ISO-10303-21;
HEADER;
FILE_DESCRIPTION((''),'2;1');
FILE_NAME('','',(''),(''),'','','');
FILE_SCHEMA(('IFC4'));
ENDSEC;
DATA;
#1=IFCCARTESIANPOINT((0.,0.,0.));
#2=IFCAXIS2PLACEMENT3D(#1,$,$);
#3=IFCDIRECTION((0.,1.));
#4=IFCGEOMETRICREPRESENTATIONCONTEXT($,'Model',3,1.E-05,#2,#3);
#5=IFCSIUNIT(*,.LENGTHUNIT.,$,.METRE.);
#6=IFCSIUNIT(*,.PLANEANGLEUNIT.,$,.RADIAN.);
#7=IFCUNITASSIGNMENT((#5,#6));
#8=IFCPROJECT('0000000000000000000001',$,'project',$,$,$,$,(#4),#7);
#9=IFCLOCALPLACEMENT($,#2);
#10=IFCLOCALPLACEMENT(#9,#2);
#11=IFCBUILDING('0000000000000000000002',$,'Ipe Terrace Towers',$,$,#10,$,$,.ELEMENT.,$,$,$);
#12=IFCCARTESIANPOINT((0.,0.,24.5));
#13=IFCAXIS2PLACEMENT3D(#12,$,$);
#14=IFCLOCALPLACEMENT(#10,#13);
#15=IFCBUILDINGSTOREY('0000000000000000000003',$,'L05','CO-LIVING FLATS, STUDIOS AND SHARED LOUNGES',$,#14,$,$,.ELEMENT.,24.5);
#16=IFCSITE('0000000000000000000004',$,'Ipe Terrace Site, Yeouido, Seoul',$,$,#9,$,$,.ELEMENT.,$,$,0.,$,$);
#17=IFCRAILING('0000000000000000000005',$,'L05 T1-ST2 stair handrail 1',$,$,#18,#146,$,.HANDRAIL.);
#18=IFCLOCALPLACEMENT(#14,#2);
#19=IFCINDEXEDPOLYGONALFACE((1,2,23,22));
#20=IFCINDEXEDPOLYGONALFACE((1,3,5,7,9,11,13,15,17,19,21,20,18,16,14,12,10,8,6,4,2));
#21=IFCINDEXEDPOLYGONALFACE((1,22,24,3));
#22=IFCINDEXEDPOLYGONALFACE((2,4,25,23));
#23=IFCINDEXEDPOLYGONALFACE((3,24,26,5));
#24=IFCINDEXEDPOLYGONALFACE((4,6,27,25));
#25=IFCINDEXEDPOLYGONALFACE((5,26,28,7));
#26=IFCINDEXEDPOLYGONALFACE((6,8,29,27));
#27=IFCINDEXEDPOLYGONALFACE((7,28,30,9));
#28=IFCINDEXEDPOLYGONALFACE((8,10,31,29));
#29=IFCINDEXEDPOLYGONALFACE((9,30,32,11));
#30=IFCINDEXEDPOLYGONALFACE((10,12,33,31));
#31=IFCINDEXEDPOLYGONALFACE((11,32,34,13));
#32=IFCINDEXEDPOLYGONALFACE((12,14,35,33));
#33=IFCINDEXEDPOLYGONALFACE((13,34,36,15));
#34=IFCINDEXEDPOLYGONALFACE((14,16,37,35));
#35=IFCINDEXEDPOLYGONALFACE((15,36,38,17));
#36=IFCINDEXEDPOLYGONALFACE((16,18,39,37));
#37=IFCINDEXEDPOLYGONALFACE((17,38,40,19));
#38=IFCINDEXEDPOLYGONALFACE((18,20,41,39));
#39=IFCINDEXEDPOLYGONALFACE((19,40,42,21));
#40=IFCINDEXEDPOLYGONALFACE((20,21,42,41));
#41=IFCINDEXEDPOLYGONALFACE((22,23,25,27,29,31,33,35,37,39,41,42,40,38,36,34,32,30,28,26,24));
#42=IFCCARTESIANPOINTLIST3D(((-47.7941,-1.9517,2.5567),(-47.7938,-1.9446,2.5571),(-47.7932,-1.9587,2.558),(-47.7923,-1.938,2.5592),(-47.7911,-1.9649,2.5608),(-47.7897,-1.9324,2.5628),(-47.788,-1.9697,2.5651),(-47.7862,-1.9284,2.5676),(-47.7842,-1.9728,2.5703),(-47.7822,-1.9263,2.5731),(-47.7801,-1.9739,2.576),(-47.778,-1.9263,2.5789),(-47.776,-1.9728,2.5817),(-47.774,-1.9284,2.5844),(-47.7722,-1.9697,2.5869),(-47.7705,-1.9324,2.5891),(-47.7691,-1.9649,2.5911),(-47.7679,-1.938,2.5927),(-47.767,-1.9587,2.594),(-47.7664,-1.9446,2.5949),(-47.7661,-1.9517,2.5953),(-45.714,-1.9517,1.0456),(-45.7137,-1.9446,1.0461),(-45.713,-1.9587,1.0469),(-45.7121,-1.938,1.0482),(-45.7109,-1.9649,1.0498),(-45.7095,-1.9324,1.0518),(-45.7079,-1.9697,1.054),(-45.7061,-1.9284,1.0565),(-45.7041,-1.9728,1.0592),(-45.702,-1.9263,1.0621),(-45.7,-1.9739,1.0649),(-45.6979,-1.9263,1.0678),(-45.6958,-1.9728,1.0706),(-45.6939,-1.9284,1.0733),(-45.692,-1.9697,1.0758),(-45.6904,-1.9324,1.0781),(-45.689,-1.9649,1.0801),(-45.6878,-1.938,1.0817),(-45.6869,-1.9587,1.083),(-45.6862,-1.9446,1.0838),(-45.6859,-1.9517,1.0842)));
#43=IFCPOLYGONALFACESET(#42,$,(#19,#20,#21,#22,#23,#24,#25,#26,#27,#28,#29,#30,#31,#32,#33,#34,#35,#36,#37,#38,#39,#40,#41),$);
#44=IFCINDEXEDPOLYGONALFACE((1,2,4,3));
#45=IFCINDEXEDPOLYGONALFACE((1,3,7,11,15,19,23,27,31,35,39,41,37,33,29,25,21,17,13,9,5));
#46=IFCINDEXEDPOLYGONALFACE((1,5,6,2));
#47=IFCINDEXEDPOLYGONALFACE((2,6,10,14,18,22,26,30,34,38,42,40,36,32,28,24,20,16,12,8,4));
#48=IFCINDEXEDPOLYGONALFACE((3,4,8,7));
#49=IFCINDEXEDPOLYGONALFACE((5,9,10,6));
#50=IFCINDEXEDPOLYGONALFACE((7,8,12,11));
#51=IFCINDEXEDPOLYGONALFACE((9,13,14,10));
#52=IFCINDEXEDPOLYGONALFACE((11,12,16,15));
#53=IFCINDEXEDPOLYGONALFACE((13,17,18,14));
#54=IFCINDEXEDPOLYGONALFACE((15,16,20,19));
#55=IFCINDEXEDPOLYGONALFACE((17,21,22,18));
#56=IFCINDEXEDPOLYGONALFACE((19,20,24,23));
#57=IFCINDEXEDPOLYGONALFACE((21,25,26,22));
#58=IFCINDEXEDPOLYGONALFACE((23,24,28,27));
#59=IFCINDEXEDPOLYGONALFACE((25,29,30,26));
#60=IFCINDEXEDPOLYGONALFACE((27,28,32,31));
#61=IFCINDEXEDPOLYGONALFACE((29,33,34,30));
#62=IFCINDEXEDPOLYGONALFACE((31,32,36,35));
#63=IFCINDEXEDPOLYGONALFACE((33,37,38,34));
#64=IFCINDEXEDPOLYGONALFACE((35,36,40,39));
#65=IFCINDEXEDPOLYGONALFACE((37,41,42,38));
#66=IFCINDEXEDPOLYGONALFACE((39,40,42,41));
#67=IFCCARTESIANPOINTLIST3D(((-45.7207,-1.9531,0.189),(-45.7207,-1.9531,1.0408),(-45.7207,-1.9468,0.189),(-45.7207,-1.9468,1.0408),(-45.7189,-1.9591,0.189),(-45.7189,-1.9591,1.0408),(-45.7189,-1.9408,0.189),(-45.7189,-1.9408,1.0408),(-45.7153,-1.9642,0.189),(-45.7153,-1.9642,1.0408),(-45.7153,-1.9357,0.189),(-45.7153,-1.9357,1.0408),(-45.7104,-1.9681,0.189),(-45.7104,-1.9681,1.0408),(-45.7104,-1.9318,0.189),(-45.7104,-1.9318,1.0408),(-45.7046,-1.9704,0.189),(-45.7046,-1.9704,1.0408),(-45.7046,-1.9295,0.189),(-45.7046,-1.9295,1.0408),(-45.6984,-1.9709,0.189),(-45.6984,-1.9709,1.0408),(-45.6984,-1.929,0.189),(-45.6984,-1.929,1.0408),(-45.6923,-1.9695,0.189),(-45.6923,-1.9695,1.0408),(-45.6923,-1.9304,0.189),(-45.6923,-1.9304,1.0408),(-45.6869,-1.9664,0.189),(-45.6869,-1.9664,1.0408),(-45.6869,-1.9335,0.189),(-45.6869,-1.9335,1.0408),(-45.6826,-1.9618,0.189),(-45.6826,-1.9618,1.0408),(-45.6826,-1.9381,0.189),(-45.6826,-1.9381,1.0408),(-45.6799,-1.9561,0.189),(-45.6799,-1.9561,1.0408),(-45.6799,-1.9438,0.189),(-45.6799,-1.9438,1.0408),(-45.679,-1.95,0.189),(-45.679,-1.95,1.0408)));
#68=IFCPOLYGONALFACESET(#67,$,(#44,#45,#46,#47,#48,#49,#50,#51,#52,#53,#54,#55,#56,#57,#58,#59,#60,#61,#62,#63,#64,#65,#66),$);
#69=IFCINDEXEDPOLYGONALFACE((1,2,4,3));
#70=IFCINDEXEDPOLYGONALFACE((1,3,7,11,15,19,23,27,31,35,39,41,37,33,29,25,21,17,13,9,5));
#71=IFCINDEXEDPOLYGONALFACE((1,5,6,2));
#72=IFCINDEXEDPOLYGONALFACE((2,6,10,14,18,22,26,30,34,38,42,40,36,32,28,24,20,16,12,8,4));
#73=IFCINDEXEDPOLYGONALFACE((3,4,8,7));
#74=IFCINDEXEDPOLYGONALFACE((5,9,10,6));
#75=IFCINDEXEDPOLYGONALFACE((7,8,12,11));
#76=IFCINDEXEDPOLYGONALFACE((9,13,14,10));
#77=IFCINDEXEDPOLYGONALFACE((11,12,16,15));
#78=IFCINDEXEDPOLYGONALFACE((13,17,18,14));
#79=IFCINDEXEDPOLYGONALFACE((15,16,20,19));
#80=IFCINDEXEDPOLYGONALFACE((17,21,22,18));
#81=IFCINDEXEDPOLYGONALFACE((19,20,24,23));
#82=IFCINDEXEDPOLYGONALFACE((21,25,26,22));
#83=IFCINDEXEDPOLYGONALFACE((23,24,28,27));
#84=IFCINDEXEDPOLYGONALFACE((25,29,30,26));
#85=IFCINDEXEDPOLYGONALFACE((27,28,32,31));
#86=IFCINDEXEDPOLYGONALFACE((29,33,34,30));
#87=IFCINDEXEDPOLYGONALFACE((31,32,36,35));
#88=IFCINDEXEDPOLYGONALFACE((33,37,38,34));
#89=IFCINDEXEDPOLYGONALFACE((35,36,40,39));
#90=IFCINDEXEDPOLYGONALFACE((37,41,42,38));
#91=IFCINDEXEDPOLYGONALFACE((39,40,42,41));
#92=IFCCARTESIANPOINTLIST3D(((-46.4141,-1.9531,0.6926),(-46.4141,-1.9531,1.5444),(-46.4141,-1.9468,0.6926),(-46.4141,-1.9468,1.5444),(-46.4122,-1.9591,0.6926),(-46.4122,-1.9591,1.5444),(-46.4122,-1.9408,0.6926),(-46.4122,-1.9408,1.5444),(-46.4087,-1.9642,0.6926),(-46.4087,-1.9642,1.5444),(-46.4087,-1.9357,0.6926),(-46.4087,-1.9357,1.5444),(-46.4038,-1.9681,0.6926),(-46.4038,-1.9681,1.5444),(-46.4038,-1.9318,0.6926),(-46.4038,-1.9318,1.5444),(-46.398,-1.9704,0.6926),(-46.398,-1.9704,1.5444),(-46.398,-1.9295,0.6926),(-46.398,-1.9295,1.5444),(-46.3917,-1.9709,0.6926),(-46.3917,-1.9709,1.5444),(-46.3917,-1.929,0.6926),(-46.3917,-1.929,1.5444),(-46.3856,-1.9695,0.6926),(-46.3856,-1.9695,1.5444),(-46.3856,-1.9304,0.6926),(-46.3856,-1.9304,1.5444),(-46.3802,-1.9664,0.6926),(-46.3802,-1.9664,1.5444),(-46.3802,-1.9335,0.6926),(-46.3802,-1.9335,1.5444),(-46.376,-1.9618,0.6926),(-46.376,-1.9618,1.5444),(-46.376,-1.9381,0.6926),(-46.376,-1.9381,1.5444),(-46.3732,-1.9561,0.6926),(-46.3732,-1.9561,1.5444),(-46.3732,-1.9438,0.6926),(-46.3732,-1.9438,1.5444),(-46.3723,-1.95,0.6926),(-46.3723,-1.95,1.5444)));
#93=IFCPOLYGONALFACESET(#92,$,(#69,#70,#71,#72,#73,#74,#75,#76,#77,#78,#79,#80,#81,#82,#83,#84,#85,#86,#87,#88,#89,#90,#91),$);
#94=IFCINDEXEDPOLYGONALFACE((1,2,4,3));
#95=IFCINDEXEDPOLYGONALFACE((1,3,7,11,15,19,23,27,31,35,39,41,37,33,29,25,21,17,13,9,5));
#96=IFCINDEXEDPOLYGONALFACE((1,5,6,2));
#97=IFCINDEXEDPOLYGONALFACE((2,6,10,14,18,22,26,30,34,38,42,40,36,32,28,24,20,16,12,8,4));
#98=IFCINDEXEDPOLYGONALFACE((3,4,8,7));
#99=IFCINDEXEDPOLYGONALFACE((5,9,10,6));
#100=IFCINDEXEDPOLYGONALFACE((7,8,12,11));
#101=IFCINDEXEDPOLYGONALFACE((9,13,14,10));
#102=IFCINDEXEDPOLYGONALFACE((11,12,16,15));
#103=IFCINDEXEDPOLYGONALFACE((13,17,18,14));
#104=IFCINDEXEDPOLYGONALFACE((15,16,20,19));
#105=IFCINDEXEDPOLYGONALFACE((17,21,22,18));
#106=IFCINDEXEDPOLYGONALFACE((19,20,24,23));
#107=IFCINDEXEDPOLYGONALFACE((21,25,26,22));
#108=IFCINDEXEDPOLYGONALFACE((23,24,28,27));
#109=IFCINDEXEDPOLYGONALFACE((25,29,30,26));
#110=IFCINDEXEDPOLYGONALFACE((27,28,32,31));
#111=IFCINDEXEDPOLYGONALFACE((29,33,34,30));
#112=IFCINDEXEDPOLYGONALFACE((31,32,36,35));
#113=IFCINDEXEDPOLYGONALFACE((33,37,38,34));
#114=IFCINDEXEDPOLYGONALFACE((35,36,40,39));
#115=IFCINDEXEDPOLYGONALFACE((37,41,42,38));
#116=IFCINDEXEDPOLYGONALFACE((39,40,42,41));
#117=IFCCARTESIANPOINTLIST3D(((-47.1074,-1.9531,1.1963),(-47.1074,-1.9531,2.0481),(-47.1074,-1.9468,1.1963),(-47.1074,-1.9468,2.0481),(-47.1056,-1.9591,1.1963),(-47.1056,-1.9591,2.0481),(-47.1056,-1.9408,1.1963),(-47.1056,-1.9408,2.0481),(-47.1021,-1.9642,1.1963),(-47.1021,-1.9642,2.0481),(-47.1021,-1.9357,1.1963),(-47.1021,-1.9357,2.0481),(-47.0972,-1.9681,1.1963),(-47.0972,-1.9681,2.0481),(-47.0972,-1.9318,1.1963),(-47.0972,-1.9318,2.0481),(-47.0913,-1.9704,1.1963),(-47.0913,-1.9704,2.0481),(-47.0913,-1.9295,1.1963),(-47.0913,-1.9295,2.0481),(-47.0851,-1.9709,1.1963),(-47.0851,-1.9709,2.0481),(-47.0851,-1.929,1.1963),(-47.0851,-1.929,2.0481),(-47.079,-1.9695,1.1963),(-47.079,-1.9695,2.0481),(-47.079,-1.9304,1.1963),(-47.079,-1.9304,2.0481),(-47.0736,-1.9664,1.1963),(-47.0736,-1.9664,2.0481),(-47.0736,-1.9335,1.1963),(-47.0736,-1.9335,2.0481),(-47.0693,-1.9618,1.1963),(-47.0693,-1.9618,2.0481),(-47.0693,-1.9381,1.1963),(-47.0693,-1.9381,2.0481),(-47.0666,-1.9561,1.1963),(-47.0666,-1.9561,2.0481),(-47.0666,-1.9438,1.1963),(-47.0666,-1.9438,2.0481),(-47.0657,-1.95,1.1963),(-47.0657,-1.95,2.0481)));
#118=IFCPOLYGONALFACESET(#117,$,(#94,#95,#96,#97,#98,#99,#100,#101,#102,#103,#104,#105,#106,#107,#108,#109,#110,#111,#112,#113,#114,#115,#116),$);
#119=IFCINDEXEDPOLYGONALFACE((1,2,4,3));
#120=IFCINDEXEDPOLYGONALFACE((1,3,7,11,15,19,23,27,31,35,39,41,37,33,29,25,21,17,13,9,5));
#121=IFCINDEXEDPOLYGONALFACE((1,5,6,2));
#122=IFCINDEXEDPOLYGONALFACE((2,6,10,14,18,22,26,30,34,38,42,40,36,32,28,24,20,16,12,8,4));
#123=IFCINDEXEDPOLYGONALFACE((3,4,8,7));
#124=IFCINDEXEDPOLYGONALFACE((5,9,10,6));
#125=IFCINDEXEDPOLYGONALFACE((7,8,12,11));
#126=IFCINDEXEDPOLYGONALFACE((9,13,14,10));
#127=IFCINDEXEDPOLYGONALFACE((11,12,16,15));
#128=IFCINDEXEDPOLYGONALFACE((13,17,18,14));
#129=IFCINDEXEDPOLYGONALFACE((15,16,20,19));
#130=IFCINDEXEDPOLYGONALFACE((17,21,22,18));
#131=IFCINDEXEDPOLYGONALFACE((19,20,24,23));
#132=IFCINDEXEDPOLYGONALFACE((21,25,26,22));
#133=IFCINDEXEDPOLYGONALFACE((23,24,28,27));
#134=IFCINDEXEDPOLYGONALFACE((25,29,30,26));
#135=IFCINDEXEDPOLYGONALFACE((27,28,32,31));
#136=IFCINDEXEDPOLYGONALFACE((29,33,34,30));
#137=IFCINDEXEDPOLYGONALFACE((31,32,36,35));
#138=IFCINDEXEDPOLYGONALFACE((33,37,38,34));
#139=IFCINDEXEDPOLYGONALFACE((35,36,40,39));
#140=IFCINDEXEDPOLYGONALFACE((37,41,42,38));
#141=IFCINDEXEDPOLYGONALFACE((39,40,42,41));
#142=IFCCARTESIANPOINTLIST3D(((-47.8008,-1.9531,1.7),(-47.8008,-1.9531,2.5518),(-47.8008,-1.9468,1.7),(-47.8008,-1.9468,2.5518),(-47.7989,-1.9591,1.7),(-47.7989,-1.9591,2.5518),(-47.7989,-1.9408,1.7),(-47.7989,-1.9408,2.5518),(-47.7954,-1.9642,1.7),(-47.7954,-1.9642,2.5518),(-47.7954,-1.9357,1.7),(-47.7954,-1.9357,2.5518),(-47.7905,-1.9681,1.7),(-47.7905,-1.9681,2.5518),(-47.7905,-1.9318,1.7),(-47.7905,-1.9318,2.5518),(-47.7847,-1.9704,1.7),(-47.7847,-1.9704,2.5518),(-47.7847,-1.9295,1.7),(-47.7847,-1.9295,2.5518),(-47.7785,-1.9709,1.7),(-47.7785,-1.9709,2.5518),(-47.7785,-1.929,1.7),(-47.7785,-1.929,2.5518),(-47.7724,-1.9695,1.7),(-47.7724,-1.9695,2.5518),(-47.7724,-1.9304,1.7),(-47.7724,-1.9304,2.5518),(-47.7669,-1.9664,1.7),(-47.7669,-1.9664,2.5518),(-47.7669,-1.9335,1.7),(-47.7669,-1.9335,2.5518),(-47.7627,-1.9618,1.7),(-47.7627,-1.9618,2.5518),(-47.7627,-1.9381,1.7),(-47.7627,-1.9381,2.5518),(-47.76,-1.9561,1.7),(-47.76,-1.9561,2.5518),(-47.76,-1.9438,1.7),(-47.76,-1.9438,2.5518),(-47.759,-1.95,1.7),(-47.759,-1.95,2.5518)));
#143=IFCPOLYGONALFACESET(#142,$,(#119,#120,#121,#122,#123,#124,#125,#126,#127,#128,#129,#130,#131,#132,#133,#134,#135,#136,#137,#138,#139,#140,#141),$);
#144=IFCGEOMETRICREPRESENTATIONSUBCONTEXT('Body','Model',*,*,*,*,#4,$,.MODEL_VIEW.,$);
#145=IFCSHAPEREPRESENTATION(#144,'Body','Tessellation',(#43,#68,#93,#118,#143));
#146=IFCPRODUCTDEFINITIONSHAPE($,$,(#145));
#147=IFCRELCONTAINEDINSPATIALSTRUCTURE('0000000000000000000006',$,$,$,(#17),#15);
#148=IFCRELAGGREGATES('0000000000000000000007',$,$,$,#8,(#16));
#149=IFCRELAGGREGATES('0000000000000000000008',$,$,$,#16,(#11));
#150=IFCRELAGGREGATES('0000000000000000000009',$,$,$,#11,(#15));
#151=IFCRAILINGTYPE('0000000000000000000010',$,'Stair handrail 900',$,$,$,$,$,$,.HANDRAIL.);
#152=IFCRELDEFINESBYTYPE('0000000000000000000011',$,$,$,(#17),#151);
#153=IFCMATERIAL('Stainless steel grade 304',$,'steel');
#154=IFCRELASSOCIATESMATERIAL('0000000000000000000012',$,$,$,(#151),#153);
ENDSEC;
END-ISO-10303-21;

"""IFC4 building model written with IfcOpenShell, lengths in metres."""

from ifc_helpers import new_model, si_unit, direction, frame, origin, origin_2d, place, context, subcontext, project, spatial, circle, extrude, material, type_object, element, save


model = new_model("IFC4")

# Units and contexts
model_context = context("Model", 3, precision=1e-05, world=origin(), true_north=direction((0.0, 1.0)))
body_context = subcontext(model_context, "Body", "Model", "MODEL_VIEW")
ifc_project = project(units=[si_unit("LENGTHUNIT", "METRE"), si_unit("PLANEANGLEUNIT", "RADIAN")], contexts=[model_context])

# Site, building, storey
site_placement = place(None, origin())
site = spatial("IfcSite", under=ifc_project, at=site_placement, Name="Ipe Terrace Site, Yeouido, Seoul", CompositionType="ELEMENT", RefElevation=0.0)
building_placement = place(site_placement, origin())
building = spatial("IfcBuilding", under=site, at=building_placement, Name="Ipe Terrace Towers", CompositionType="ELEMENT")
storey_placement = place(building_placement, frame((0.0, 0.0, 24.5)))
storey = spatial("IfcBuildingStorey", under=building, at=storey_placement, Name="L05", Description="CO-LIVING FLATS, STUDIOS AND SHARED LOUNGES", CompositionType="ELEMENT", Elevation=24.5)

# Railing
ifc_material_1 = material(Name="Stainless steel grade 304", Category="steel")
railing_type_1 = type_object("IfcRailingType", Name="Stair handrail 900", PredefinedType="HANDRAIL", material=ifc_material_1)
railing_1_placement = place(storey_placement, frame((-45.7, -1.95, 0.189)))
element("IfcRailing", 1, at=railing_1_placement, inside=storey, type_object=railing_type_1, Name="L05 T1-ST2 stair handrail 1", PredefinedType="HANDRAIL", context=body_context, shape_type="SweptSolid", body=[
    extrude(circle(Radius=0.0239, at=origin_2d()), frame((0.0, 0.0, 0.876), z_axis=(-0.809069, 0.0, 0.587714), x_axis=(0.0, -1.0, 0.0)), (0.0, 0.0, 1.0), 2.571),
    extrude(circle(Radius=0.021, at=origin_2d()), origin(), (0.0, 0.0, 1.0), 0.8518),
    extrude(circle(Radius=0.021, at=origin_2d()), frame((-0.6934, 0.0, 0.5037)), (0.0, 0.0, 1.0), 0.8518),
    extrude(circle(Radius=0.021, at=origin_2d()), frame((-1.3867, 0.0, 1.0073)), (0.0, 0.0, 1.0), 0.8518),
    extrude(circle(Radius=0.021, at=origin_2d()), frame((-2.0801, 0.0, 1.511)), (0.0, 0.0, 1.0), 0.8518),
])

save(model, "model.ifc")
